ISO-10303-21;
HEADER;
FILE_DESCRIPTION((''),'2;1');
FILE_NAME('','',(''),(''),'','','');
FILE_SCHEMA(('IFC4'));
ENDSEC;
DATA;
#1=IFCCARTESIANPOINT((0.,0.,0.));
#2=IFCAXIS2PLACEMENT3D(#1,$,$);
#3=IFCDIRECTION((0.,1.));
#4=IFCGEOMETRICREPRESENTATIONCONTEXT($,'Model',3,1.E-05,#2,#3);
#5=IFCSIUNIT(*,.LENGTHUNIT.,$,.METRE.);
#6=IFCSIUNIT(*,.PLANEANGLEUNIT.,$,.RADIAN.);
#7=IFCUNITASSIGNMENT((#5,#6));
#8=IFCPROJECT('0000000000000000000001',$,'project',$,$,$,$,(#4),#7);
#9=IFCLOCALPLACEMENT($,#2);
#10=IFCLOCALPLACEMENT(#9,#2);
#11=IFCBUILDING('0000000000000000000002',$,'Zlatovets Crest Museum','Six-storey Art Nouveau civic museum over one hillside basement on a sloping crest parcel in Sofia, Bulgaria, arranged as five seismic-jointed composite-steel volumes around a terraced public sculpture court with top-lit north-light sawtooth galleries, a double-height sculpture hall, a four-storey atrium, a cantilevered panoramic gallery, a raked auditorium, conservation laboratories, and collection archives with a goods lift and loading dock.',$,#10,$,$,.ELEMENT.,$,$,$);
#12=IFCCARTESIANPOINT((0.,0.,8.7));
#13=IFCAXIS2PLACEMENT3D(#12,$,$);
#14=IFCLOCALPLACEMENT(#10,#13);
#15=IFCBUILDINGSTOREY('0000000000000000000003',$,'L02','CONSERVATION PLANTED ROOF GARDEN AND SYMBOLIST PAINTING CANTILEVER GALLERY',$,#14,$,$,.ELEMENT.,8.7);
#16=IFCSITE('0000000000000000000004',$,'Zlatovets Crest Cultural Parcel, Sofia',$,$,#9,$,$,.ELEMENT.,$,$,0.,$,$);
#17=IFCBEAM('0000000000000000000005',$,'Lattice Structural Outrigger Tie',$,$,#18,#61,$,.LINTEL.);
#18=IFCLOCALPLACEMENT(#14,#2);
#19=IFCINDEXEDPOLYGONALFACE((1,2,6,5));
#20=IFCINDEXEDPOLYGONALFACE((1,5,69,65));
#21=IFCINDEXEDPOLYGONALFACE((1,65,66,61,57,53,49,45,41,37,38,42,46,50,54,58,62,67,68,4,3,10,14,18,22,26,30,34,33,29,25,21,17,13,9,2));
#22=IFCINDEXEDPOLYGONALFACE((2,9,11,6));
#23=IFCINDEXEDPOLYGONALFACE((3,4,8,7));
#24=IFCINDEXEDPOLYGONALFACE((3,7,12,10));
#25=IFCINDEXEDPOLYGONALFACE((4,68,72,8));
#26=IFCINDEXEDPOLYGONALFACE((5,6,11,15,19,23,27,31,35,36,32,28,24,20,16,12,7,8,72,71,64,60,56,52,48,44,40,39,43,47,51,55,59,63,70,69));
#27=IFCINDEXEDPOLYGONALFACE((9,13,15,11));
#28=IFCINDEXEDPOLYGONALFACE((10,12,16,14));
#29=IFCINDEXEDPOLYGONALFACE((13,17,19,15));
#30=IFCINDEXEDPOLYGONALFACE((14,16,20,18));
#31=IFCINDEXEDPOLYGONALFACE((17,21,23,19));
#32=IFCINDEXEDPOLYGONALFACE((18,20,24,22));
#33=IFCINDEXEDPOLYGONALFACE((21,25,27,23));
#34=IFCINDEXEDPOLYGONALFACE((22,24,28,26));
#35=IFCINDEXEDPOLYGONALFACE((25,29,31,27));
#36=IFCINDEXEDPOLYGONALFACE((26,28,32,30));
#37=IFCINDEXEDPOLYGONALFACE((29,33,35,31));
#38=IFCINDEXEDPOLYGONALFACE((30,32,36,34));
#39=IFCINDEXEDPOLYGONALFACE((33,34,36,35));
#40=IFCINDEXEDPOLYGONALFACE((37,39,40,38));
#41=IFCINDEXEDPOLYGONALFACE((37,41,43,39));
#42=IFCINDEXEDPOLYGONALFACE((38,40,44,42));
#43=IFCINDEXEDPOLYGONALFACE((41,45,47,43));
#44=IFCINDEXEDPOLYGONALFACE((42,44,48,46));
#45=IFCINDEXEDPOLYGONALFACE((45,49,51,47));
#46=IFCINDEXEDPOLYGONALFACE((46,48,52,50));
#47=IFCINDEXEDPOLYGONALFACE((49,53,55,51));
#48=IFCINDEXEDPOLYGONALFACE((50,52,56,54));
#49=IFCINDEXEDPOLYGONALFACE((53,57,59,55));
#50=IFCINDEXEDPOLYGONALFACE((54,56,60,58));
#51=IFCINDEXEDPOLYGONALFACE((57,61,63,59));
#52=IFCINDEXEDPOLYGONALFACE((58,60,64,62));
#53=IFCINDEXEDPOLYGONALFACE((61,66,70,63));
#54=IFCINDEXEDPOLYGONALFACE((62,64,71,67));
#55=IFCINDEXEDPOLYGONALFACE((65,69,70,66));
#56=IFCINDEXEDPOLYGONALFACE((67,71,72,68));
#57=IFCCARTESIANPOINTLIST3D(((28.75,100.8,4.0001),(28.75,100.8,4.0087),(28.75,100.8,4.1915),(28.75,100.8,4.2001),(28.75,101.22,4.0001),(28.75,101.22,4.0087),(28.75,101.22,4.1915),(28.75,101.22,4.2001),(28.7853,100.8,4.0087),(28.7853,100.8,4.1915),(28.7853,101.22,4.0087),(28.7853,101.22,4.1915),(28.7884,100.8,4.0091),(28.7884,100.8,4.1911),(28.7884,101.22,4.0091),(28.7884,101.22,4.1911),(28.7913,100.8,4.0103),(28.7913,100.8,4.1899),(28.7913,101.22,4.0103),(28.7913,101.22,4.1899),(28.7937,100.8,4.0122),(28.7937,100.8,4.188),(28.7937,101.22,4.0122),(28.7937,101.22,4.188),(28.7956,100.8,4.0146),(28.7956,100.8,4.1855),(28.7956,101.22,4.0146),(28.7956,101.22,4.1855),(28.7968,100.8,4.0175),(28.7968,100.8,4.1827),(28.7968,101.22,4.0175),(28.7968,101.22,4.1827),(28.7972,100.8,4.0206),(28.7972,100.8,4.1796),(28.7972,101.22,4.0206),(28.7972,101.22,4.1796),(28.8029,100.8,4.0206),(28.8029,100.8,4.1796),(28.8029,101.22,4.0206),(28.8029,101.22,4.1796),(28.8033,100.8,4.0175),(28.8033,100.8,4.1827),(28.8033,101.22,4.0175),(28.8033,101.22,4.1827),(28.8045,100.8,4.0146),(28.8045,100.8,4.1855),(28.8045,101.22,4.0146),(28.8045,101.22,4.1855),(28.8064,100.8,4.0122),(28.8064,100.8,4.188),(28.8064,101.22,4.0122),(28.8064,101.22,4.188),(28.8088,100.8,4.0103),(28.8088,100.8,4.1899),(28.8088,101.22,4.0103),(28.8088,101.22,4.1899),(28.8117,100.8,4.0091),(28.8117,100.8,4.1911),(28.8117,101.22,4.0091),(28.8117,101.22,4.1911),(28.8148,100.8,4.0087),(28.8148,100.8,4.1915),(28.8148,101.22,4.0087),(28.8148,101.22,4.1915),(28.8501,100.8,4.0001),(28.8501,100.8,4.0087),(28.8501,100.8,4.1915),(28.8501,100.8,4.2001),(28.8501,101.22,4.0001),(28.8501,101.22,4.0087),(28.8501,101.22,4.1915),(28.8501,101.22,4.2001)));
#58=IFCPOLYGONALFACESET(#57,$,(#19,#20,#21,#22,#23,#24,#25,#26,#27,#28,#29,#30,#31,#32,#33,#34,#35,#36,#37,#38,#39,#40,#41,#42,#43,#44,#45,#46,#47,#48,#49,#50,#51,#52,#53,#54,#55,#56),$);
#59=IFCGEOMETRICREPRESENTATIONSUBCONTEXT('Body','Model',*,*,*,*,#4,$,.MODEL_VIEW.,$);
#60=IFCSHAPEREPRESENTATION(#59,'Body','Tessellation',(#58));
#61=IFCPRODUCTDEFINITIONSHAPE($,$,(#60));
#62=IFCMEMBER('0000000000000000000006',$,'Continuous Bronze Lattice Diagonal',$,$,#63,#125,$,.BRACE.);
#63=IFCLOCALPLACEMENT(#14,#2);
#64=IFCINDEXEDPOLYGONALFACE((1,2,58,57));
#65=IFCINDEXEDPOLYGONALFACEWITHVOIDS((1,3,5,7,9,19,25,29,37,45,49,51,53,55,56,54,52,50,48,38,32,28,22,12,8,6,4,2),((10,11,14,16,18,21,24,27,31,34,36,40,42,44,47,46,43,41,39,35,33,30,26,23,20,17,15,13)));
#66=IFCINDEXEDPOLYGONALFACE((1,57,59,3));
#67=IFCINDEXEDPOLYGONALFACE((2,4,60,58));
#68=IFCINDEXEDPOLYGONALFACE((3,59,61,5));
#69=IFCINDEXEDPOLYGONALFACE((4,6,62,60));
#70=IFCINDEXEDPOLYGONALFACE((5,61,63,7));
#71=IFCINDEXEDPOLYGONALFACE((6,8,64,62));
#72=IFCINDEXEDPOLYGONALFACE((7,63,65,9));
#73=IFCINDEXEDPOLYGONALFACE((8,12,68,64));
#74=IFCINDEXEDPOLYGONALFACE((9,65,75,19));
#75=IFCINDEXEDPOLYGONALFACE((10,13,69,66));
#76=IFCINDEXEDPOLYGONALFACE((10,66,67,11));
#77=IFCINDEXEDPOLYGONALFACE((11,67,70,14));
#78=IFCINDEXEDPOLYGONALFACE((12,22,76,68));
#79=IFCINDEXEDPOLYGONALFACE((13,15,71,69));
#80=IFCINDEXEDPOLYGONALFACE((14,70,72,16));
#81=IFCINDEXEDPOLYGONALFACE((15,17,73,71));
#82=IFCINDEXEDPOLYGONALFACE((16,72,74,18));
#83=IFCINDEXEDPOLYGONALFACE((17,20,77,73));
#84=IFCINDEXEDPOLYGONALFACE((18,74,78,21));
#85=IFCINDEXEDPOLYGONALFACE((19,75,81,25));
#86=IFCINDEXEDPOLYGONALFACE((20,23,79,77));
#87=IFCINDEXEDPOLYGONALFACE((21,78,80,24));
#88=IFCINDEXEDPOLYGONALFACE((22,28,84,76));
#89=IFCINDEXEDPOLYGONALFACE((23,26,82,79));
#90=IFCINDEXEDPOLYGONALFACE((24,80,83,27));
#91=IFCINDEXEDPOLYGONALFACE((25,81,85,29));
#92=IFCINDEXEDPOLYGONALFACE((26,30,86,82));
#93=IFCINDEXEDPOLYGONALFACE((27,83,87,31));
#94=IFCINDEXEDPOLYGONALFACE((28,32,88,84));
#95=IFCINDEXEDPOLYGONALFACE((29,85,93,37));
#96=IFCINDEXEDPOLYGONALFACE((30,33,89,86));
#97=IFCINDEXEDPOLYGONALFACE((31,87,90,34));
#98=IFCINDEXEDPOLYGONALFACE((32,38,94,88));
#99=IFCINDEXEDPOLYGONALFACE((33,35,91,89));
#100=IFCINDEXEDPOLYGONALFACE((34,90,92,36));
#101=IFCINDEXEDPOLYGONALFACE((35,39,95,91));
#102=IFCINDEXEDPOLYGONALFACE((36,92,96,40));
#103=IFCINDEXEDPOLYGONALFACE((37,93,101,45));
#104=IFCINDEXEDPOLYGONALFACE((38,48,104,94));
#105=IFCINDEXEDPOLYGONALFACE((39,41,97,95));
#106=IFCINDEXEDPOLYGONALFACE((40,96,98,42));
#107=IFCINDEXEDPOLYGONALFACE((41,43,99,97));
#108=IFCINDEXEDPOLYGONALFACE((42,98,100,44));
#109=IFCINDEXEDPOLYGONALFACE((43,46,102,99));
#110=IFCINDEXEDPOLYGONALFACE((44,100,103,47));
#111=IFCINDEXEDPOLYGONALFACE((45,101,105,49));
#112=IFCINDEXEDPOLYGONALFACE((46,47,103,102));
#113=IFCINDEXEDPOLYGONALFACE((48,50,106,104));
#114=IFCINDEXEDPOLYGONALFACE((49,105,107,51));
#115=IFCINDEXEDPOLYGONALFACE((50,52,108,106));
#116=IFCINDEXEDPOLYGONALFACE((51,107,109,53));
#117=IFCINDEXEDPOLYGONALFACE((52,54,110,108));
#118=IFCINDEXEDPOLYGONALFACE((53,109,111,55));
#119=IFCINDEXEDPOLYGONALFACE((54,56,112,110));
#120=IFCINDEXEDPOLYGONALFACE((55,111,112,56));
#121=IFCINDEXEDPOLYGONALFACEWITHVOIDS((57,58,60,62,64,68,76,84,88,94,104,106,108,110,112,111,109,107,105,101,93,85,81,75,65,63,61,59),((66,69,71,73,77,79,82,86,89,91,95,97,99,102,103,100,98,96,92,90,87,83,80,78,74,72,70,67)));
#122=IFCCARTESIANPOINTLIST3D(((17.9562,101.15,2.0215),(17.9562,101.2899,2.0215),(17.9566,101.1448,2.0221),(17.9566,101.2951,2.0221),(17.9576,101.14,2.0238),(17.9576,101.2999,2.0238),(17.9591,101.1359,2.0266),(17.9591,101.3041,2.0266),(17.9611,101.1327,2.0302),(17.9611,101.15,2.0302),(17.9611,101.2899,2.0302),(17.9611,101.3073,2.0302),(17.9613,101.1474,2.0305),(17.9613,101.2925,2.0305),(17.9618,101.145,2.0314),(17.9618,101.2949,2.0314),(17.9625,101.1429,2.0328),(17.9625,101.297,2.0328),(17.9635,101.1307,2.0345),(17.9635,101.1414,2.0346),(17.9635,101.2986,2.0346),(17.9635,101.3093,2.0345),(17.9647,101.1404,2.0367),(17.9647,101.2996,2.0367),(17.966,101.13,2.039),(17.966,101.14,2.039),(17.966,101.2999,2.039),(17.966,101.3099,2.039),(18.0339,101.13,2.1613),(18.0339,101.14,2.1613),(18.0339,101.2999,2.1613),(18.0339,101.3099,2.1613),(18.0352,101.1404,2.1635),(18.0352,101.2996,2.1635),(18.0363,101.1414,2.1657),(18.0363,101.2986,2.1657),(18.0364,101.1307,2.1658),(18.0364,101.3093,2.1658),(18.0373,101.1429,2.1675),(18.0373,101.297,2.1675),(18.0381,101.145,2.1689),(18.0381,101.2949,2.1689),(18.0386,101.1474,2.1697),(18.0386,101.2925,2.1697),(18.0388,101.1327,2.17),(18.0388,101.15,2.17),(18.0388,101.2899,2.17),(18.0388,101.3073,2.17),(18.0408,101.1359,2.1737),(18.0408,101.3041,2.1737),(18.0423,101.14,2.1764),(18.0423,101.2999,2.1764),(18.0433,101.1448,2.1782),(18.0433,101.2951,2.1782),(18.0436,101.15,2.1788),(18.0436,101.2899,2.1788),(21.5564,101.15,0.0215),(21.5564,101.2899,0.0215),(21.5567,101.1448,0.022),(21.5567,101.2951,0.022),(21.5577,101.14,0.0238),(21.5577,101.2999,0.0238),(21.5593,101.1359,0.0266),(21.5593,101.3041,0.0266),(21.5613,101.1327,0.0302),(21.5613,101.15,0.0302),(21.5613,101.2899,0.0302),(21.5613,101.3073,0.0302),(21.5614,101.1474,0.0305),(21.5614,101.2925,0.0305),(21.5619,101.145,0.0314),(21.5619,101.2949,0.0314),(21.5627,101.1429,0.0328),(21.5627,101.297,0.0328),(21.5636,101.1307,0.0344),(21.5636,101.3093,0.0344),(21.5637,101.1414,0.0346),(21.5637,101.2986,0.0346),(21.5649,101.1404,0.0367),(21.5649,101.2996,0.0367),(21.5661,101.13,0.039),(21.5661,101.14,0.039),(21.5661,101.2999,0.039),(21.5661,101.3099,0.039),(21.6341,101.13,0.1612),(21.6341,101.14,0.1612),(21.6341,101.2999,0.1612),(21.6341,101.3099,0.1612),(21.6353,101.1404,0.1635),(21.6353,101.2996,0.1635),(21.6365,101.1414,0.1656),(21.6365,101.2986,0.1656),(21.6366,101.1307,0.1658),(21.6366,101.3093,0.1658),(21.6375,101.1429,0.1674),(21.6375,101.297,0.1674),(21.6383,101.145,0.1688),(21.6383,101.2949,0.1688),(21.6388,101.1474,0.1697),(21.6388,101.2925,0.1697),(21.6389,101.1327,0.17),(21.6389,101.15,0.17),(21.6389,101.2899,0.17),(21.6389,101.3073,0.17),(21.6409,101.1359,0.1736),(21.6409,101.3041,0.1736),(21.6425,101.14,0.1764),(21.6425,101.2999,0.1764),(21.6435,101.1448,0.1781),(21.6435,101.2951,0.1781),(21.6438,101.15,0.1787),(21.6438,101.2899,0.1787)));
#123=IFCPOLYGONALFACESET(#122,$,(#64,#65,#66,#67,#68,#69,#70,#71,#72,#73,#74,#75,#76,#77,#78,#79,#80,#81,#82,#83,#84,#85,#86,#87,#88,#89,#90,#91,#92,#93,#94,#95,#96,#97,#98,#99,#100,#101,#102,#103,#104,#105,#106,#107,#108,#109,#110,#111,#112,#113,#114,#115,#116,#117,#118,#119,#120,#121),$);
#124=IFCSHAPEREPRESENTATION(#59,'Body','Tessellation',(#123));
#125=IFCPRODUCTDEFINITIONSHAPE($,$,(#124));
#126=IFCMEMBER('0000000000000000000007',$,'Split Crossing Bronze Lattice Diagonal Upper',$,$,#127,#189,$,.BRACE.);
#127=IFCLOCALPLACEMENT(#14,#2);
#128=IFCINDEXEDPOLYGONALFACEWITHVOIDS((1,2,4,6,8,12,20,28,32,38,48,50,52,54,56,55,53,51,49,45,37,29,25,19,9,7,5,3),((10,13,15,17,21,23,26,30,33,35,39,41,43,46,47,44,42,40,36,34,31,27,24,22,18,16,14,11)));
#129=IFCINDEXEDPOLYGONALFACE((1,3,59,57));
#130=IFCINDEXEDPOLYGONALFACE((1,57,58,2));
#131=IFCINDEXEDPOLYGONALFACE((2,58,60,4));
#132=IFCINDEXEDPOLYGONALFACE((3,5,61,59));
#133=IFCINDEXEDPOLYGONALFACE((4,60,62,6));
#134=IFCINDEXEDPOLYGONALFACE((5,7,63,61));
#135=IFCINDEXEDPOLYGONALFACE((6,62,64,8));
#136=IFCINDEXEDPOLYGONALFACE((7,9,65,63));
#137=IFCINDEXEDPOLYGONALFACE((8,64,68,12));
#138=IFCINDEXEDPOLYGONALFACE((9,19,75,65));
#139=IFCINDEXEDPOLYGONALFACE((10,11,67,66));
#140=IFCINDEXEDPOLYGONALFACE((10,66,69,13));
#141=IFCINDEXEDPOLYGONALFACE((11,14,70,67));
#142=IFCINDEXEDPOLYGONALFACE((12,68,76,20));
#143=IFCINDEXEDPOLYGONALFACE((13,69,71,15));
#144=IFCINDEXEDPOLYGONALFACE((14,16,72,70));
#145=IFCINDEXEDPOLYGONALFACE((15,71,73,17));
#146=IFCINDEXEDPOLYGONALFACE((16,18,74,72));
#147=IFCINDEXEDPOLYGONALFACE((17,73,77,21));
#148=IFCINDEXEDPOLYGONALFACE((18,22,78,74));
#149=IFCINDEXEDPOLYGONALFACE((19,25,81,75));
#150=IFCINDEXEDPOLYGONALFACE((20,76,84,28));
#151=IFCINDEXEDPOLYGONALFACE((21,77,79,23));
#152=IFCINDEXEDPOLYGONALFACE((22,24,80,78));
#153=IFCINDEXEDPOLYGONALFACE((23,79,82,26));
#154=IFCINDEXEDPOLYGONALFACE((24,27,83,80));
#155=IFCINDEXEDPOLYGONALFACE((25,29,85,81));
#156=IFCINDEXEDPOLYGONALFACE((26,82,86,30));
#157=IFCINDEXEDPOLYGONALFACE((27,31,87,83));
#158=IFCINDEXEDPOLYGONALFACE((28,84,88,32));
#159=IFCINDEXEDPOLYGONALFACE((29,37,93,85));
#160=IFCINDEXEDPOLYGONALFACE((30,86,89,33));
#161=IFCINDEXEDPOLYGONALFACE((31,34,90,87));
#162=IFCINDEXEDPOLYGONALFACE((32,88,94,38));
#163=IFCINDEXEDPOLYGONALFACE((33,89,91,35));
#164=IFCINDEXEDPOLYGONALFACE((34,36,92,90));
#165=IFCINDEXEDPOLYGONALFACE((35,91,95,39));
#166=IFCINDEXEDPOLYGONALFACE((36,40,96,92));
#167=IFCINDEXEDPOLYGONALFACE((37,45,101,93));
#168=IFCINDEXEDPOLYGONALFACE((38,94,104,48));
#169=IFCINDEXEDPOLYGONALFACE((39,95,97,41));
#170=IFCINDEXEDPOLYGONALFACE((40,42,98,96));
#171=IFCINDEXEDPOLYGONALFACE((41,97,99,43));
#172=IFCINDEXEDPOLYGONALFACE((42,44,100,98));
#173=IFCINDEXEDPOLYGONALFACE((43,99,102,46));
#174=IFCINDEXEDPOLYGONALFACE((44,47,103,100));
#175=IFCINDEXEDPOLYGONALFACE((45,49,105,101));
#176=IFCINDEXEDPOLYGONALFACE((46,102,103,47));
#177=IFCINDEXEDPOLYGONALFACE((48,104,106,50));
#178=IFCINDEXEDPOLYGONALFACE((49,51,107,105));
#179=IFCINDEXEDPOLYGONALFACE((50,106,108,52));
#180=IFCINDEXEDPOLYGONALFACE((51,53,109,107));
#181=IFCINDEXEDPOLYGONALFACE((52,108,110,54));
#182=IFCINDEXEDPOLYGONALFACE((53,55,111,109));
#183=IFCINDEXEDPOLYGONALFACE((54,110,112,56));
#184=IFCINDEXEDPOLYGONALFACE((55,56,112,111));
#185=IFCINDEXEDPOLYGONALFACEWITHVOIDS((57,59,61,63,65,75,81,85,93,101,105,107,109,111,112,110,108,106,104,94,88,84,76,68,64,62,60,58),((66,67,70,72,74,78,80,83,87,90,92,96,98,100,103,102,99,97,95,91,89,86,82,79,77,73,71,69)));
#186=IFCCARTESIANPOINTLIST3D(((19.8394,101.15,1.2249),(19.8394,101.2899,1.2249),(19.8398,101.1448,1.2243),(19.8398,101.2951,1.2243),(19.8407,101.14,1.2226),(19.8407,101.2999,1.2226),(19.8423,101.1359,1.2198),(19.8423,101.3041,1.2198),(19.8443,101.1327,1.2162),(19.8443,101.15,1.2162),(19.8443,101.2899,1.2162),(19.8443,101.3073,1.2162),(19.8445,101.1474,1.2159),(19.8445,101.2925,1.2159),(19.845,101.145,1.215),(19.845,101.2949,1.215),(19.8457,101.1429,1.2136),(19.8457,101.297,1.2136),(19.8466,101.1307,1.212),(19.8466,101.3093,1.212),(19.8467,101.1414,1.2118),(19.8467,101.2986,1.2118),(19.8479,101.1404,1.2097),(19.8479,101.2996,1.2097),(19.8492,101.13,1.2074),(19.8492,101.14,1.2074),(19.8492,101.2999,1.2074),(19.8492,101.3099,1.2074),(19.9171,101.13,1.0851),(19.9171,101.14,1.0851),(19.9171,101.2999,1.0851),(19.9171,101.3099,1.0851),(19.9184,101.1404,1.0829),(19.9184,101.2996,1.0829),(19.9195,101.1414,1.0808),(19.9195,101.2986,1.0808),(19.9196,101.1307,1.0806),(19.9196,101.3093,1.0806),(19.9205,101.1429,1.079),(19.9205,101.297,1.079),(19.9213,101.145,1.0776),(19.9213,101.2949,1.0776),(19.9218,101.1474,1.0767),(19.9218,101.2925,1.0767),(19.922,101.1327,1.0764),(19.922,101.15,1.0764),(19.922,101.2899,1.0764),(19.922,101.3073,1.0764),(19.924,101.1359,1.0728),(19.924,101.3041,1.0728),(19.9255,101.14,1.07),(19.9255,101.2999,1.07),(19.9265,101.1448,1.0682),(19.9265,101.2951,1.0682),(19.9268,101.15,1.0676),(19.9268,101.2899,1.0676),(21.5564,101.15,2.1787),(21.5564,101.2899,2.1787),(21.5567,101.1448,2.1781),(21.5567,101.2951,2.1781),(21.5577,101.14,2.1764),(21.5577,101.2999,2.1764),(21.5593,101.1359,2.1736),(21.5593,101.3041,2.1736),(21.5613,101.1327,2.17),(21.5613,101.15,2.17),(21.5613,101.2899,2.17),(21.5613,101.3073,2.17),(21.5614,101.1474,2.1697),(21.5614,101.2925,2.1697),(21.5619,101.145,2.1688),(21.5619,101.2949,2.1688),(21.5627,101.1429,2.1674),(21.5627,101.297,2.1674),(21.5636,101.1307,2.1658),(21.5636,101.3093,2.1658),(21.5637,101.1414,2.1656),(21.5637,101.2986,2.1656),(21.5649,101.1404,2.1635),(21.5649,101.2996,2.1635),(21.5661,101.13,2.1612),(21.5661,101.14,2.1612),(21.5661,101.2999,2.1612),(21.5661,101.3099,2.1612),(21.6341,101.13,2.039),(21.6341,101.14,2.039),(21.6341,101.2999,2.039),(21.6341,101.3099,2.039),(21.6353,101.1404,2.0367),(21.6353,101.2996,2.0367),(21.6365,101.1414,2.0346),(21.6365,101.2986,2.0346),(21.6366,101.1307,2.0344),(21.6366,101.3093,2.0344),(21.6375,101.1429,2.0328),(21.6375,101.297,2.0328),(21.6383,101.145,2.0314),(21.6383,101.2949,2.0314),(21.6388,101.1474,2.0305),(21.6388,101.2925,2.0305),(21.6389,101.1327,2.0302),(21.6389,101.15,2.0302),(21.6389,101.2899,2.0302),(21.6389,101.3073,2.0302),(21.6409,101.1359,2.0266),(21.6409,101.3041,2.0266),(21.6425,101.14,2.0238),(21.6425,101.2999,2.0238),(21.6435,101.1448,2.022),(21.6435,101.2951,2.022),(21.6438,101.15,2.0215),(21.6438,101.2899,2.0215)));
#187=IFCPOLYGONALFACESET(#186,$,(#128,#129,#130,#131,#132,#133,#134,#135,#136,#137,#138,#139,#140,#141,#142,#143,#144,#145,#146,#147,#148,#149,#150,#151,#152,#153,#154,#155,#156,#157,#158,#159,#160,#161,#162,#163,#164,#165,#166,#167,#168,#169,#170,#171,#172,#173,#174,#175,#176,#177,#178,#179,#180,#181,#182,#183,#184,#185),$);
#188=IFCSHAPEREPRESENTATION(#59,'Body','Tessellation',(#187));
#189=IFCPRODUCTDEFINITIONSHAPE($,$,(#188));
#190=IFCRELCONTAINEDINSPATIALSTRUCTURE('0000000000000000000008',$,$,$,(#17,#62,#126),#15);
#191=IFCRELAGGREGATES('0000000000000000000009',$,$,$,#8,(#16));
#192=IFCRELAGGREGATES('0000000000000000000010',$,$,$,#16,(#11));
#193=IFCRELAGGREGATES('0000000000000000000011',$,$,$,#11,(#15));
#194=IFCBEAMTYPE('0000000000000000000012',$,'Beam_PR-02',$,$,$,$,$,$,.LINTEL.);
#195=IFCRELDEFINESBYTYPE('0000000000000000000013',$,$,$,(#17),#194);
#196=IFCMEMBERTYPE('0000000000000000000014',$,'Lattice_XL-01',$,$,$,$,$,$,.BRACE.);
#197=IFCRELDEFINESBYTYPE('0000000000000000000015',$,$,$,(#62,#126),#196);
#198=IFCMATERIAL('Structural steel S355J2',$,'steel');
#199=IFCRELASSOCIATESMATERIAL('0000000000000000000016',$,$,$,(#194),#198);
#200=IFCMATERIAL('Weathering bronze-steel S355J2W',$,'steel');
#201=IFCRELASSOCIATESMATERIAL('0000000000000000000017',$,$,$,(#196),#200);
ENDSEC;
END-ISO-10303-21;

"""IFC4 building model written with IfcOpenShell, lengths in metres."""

from ifc_helpers import new_model, si_unit, direction, frame, origin, origin_2d, place, context, subcontext, project, spatial, hollow_rectangle, i_section, extrude, material, material_profile, profile_set, type_object, element, save


model = new_model("IFC4")

# Units and contexts
model_context = context("Model", 3, precision=1e-05, world=origin(), true_north=direction((0.0, 1.0)))
body_context = subcontext(model_context, "Body", "Model", "MODEL_VIEW")
ifc_project = project(units=[si_unit("LENGTHUNIT", "METRE"), si_unit("PLANEANGLEUNIT", "RADIAN")], contexts=[model_context])

# Site, building, storey
site_placement = place(None, origin())
site = spatial("IfcSite", under=ifc_project, at=site_placement, Name="Zlatovets Crest Cultural Parcel, Sofia", CompositionType="ELEMENT", RefElevation=0.0)
building_placement = place(site_placement, origin())
building = spatial("IfcBuilding", under=site, at=building_placement, Name="Zlatovets Crest Museum", Description="Six-storey Art Nouveau civic museum over one hillside basement on a sloping crest parcel in Sofia, Bulgaria, arranged as five seismic-jointed composite-steel volumes around a terraced public sculpture court with top-lit north-light sawtooth galleries, a double-height sculpture hall, a four-storey atrium, a cantilevered panoramic gallery, a raked auditorium, conservation laboratories, and collection archives with a goods lift and loading dock.", CompositionType="ELEMENT")
storey_placement = place(building_placement, frame((0.0, 0.0, 8.7)))
storey = spatial("IfcBuildingStorey", under=building, at=storey_placement, Name="L02", Description="CONSERVATION PLANTED ROOF GARDEN AND SYMBOLIST PAINTING CANTILEVER GALLERY", CompositionType="ELEMENT", Elevation=8.7)

# Shared definitions
ifc_material_1 = material(Name="Structural steel S355J2", Category="steel")

# Beam
ifc_material_profile_1 = material_profile(ifc_material_1, i_section(OverallWidth=0.1001, OverallDepth=0.2, WebThickness=0.0056, FlangeThickness=0.0085, FilletRadius=0.012, at=origin_2d()), Name="IPE 200")
ifc_profile_set_1 = profile_set([ifc_material_profile_1], Name="Structural steel S355J2")
beam_type_1 = type_object("IfcBeamType", Name="Beam_PR-02", PredefinedType="LINTEL", material=ifc_profile_set_1)
for number, where, z_axis, x_axis, name in (
    (1, (28.8, 100.8, 4.1001), (0.0, 1.0, 0.0), (-1.0, 0.0, 0.0), "Lattice Structural Outrigger Tie"),
):
    element("IfcBeam", number, at=place(storey_placement, frame(where, z_axis=z_axis, x_axis=x_axis)), inside=storey, type_object=beam_type_1, Name=name, PredefinedType="LINTEL", context=body_context, shape_type="SweptSolid", body=[
        extrude(i_section(OverallWidth=0.1001, OverallDepth=0.2, WebThickness=0.0056, FlangeThickness=0.0085, FilletRadius=0.012, at=origin_2d()), origin(), (0.0, 0.0, 1.0), 0.4199),
    ])

# Members
ifc_material_2 = material(Name="Weathering bronze-steel S355J2W", Category="steel")
ifc_material_profile_2 = material_profile(ifc_material_2, hollow_rectangle(XDim=0.1799, YDim=0.1799, WallThickness=0.01, InnerFilletRadius=0.01, OuterFilletRadius=0.02, at=origin_2d()), Name="SHS 180x180x10.0")
ifc_profile_set_2 = profile_set([ifc_material_profile_2], Name="Weathering bronze-steel S355J2W")
member_type_1 = type_object("IfcMemberType", Name="Lattice_XL-01", PredefinedType="BRACE", material=ifc_profile_set_2)
member_1_placement = place(storey_placement, frame((21.6001, 101.22, 0.1001), z_axis=(-0.874163, 0.0, 0.485633), x_axis=(0.0, -1.0, 0.0)))
element("IfcMember", 2, at=member_1_placement, inside=storey, type_object=member_type_1, Name="Continuous Bronze Lattice Diagonal", PredefinedType="BRACE", context=body_context, shape_type="SweptSolid", body=[
    extrude(hollow_rectangle(XDim=0.1799, YDim=0.1799, WallThickness=0.01, InnerFilletRadius=0.01, OuterFilletRadius=0.02, at=origin_2d()), origin(), (0.0, 0.0, 1.0), 4.1184),
])
member_2_placement = place(storey_placement, frame((21.6001, 101.22, 2.1001), z_axis=(-0.874169, 0.0, -0.485622), x_axis=(0.0, -1.0, 0.0)))
element("IfcMember", 3, at=member_2_placement, inside=storey, type_object=member_type_1, Name="Split Crossing Bronze Lattice Diagonal Upper", PredefinedType="BRACE", context=body_context, shape_type="SweptSolid", body=[
    extrude(hollow_rectangle(XDim=0.1799, YDim=0.1799, WallThickness=0.01, InnerFilletRadius=0.01, OuterFilletRadius=0.02, at=origin_2d()), origin(), (0.0, 0.0, 1.0), 1.9641),
])

save(model, "model.ifc")
